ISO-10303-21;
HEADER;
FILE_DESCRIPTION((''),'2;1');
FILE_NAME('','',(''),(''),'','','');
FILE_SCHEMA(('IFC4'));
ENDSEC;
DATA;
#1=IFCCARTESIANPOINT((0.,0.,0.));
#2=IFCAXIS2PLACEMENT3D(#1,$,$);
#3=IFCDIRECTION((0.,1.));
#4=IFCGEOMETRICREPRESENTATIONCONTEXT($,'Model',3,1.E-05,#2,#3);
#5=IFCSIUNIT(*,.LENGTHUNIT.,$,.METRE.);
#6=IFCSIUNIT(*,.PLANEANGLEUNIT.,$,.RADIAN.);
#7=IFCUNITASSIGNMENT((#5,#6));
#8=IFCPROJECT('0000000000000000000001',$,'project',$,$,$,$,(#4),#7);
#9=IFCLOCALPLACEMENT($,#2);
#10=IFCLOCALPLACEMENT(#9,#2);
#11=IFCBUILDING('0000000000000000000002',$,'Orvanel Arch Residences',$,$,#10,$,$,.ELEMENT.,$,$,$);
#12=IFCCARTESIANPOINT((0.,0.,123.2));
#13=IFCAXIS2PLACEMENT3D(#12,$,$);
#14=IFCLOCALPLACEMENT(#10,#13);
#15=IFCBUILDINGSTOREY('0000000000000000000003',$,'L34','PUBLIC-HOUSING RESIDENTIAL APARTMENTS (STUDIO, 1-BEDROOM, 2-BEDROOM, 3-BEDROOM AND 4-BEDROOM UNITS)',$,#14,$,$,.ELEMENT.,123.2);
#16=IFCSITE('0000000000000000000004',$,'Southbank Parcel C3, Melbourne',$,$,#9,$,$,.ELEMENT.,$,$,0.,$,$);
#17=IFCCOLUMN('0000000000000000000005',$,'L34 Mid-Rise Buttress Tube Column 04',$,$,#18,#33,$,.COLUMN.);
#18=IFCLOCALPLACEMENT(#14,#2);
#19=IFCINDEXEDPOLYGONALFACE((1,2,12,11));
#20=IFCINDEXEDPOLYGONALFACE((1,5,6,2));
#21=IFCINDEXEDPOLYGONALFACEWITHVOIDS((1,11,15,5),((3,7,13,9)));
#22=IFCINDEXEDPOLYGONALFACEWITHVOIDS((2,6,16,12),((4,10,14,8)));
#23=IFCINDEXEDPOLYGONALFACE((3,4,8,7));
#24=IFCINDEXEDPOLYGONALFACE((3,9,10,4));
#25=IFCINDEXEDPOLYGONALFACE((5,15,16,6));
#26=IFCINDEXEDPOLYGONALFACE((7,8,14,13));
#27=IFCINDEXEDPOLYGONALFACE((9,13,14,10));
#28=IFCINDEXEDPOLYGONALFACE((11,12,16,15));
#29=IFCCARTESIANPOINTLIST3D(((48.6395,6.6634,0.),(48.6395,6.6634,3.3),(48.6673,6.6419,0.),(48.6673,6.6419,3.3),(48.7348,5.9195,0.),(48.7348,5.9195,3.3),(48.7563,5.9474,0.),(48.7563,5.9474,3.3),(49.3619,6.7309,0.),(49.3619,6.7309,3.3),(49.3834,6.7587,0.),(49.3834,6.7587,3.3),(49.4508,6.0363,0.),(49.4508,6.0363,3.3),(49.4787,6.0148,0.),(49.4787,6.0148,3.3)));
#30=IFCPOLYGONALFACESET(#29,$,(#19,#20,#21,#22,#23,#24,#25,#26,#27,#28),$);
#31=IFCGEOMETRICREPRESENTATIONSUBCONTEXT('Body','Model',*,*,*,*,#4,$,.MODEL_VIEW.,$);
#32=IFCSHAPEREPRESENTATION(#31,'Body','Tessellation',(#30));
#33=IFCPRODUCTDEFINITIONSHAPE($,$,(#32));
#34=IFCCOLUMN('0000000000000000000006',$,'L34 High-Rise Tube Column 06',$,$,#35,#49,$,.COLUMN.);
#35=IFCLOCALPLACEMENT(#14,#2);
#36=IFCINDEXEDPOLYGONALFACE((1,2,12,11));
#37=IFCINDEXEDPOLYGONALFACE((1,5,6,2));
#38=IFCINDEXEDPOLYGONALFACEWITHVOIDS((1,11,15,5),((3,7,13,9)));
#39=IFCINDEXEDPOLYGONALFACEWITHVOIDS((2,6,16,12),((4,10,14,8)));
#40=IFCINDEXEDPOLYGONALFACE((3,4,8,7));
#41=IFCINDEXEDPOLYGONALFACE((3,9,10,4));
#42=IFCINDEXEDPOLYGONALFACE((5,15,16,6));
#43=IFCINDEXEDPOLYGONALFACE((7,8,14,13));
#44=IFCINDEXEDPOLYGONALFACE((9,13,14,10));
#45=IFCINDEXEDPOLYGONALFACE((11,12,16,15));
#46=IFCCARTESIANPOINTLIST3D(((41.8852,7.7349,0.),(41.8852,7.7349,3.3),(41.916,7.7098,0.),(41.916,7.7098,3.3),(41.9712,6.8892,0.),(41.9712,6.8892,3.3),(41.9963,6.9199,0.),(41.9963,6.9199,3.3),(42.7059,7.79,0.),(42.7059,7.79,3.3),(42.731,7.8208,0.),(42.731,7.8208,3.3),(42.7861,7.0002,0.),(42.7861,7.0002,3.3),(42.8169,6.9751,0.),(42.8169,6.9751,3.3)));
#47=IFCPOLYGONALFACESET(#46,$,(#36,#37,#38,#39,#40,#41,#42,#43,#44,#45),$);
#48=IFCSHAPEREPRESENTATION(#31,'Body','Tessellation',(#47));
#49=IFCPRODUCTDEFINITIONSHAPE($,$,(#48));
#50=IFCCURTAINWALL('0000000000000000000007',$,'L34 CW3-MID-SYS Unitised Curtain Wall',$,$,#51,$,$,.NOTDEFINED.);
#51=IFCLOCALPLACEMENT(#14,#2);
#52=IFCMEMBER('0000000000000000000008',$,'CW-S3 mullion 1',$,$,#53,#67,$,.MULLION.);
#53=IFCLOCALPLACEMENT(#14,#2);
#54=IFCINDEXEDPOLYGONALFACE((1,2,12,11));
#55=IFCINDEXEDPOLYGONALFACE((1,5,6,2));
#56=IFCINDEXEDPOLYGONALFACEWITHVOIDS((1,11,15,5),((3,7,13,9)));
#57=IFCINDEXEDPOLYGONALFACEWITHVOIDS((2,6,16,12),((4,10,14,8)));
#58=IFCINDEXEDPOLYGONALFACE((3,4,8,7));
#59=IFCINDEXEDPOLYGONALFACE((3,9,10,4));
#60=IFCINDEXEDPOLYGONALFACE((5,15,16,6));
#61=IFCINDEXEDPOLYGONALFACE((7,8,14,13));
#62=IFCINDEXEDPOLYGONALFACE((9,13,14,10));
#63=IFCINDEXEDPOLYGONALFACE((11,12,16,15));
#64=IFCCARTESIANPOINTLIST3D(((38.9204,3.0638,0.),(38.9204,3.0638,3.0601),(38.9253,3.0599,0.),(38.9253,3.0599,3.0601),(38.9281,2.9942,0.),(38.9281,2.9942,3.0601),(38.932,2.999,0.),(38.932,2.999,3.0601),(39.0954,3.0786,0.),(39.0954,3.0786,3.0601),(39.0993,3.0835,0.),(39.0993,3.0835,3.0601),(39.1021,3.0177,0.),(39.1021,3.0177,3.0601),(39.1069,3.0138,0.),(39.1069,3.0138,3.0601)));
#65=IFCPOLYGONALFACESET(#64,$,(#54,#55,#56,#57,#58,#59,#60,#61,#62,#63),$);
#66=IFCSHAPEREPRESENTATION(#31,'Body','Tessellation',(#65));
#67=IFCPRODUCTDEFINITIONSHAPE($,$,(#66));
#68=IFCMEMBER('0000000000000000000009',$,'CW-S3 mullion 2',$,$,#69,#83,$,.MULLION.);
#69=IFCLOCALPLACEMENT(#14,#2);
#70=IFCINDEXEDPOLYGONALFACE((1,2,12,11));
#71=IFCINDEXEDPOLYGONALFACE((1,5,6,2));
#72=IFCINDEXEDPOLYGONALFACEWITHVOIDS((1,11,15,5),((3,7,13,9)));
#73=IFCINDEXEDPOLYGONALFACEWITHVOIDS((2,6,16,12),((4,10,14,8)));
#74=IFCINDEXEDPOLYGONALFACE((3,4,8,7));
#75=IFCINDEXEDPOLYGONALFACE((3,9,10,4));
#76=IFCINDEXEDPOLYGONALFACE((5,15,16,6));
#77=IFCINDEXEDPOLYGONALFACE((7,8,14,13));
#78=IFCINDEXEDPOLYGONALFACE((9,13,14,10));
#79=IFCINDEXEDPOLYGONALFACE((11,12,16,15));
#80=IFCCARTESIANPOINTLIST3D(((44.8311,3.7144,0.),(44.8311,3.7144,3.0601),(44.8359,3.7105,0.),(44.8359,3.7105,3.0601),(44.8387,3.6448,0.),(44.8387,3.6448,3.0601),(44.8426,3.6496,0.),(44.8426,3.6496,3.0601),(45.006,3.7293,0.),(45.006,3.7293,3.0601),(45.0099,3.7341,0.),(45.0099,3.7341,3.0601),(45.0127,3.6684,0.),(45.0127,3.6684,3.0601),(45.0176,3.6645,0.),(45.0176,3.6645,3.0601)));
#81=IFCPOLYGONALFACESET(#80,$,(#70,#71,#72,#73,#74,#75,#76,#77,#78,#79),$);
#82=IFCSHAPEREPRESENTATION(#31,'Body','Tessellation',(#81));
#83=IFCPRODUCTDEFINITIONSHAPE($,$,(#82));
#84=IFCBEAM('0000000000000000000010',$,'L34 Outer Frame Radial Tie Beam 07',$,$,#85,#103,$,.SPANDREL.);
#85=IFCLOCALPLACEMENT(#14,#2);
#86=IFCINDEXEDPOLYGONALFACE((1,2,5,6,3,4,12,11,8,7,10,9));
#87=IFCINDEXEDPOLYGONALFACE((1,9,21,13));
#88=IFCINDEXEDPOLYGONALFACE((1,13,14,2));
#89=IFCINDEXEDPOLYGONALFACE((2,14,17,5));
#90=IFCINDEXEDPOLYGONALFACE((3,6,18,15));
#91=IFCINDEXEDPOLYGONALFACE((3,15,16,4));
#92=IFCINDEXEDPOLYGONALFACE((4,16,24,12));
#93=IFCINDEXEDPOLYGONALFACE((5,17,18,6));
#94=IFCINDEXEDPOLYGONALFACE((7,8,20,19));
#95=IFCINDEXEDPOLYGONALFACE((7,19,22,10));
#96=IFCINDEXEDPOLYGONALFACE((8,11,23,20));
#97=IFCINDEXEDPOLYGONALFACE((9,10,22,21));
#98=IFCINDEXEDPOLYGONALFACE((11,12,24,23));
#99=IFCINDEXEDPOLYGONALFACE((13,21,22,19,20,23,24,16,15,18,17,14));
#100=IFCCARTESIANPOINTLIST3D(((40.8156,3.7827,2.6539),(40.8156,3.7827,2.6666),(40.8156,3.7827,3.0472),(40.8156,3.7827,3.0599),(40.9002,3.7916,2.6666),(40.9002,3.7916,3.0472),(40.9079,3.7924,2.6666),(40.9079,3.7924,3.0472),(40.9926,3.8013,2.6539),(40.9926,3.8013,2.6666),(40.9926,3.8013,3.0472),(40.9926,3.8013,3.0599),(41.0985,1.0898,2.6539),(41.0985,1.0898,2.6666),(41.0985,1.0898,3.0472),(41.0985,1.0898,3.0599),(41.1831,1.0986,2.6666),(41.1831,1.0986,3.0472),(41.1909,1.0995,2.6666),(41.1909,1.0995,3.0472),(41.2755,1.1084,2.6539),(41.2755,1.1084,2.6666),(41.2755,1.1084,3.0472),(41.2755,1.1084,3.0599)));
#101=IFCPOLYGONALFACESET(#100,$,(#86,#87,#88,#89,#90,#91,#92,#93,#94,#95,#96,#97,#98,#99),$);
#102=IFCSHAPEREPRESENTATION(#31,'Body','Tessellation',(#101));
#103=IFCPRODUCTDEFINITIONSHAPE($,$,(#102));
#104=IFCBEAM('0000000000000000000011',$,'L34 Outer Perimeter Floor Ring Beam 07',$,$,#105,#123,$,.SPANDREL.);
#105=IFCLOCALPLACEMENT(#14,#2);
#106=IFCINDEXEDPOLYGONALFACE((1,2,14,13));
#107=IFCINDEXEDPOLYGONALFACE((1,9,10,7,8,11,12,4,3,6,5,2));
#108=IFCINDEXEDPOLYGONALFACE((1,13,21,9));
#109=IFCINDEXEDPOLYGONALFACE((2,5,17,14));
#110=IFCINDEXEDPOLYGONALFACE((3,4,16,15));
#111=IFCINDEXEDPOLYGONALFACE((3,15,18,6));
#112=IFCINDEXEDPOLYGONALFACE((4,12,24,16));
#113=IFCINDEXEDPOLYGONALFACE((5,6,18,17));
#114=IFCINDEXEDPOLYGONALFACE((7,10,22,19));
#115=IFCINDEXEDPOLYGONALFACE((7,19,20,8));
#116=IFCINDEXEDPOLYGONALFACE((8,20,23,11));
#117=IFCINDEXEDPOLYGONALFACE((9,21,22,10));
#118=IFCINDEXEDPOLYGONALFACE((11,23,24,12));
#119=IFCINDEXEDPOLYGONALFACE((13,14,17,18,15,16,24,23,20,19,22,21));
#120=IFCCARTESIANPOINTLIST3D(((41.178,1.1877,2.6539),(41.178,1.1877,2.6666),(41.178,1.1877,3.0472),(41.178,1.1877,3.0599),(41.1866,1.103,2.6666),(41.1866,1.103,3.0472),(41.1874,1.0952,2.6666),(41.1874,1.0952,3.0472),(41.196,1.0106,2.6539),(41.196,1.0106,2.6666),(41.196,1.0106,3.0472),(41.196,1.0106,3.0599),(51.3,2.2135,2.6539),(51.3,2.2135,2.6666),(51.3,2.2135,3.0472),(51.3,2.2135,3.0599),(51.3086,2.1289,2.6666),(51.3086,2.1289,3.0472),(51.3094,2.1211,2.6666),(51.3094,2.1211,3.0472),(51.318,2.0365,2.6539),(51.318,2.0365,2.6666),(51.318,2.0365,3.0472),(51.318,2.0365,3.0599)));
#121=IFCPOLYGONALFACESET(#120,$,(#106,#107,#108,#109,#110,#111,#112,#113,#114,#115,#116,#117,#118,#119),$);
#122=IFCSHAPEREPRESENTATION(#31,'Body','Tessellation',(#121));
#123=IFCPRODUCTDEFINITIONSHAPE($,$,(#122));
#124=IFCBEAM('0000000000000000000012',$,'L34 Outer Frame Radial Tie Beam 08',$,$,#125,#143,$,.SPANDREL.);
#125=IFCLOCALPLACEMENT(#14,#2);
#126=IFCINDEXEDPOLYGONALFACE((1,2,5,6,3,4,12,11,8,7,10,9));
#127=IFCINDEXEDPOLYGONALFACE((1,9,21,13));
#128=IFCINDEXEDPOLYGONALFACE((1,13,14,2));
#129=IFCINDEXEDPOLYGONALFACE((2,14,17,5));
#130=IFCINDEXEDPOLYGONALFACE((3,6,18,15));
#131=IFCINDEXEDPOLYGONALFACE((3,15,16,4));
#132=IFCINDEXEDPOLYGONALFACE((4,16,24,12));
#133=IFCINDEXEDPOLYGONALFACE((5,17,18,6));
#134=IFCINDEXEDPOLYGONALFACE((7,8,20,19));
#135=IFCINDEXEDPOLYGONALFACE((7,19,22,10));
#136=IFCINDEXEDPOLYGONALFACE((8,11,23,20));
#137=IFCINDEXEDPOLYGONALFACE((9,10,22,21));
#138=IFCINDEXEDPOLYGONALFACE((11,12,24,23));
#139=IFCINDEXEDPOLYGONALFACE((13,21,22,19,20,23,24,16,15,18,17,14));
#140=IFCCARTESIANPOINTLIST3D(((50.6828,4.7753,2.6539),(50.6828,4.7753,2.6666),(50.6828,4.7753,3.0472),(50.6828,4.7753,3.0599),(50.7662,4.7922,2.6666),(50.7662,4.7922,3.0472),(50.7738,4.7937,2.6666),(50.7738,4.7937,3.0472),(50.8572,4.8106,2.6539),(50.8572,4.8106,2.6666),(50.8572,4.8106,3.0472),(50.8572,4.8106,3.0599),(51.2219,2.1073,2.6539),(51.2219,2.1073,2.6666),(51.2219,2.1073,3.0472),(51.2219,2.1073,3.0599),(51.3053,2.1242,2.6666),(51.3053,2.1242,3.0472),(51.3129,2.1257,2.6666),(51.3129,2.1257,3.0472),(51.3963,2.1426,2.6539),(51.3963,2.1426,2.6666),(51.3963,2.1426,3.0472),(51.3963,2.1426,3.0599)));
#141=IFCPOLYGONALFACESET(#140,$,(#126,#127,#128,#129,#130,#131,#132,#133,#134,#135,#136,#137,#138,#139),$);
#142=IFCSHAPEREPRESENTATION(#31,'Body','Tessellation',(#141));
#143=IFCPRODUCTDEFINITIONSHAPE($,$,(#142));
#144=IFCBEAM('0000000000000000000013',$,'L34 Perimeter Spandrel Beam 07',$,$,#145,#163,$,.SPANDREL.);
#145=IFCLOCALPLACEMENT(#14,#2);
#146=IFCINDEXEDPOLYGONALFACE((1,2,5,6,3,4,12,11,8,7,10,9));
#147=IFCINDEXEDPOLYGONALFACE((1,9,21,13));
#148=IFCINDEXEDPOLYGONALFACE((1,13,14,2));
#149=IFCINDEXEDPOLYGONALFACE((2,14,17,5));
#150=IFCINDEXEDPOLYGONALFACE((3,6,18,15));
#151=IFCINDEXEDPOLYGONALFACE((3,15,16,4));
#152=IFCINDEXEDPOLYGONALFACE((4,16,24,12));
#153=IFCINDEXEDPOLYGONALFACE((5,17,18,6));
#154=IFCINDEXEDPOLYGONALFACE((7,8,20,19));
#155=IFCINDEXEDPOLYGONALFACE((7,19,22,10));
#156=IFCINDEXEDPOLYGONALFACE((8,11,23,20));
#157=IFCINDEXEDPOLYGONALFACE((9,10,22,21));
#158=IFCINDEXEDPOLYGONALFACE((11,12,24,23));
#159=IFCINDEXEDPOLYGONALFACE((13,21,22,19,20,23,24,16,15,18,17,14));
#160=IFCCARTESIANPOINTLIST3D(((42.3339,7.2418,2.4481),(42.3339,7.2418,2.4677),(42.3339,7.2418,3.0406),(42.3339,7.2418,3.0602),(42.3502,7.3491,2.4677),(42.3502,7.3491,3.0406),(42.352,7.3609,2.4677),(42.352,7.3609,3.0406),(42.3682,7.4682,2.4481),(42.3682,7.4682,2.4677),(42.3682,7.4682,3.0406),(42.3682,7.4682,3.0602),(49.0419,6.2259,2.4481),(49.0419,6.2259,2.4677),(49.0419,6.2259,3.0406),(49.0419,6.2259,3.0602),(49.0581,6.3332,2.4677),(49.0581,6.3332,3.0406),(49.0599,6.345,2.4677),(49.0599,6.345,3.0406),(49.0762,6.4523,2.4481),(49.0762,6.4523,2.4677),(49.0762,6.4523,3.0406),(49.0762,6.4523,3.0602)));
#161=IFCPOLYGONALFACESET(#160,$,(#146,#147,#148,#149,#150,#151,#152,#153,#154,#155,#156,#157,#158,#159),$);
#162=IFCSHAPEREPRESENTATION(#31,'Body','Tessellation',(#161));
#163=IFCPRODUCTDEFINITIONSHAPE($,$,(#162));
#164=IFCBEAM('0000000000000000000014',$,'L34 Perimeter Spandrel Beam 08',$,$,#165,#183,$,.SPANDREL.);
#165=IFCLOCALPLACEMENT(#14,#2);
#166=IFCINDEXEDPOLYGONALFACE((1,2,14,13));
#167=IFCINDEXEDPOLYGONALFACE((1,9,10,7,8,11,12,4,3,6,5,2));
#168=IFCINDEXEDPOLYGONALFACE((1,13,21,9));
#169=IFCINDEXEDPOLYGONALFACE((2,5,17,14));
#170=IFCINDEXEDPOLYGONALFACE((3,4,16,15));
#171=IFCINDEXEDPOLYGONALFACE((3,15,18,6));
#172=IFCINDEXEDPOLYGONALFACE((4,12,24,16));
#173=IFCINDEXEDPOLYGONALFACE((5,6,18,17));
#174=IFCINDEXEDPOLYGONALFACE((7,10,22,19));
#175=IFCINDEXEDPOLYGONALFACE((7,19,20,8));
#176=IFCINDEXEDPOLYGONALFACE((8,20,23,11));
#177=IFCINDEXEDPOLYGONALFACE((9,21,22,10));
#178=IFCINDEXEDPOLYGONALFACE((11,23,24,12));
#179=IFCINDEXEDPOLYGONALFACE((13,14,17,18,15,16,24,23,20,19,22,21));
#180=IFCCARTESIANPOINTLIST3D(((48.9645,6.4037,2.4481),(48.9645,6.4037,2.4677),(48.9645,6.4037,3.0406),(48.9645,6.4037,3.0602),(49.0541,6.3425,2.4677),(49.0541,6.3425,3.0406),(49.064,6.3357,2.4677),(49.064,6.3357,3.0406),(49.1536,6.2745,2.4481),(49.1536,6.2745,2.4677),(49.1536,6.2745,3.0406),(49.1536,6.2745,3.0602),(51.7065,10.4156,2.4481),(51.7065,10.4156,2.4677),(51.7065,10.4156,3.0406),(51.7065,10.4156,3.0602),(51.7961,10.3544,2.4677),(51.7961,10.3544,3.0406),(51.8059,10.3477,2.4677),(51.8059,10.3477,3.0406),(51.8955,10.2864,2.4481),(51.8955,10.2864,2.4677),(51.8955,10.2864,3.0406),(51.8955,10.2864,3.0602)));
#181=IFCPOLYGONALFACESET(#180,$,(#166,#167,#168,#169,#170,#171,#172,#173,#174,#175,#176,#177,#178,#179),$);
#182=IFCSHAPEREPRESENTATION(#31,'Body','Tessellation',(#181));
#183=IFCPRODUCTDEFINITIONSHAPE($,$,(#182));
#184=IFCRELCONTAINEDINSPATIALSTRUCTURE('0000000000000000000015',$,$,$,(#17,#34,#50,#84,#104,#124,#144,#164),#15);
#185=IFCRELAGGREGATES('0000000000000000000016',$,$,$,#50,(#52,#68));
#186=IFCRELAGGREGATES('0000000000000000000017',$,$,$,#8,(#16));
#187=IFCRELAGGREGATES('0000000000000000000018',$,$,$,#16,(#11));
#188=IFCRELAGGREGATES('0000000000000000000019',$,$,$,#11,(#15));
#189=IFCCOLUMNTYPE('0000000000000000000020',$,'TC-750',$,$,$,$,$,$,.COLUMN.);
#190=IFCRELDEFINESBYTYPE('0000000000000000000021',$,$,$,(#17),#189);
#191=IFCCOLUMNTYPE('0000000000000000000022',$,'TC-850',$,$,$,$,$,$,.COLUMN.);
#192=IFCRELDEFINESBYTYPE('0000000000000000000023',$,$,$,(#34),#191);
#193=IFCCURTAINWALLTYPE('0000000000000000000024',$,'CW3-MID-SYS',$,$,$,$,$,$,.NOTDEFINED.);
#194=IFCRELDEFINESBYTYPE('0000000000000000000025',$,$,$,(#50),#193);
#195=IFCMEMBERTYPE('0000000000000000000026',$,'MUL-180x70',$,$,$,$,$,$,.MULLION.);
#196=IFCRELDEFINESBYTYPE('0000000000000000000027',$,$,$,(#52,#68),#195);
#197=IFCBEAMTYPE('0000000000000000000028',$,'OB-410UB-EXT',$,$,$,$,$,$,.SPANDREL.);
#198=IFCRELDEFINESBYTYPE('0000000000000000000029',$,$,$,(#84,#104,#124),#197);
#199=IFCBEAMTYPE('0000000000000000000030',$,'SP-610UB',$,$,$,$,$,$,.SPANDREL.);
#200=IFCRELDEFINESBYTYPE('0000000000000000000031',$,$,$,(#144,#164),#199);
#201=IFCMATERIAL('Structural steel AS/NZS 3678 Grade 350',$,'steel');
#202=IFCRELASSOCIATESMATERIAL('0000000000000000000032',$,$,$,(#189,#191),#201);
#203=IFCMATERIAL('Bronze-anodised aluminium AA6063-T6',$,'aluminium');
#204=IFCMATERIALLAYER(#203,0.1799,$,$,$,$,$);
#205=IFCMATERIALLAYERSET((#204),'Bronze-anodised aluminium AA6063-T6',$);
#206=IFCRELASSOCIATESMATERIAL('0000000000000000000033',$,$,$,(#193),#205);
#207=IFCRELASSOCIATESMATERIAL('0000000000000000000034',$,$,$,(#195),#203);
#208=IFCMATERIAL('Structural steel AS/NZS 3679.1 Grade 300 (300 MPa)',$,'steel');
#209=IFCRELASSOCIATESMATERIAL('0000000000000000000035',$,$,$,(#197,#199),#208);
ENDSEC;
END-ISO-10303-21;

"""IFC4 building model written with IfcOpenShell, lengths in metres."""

from ifc_helpers import new_model, si_unit, direction, frame, origin, origin_2d, place, context, subcontext, project, spatial, hollow_rectangle, i_section, extrude, material, layer, layer_set, material_profile, profile_set, type_object, element, aggregate, save


model = new_model("IFC4")

# Units and contexts
model_context = context("Model", 3, precision=1e-05, world=origin(), true_north=direction((0.0, 1.0)))
body_context = subcontext(model_context, "Body", "Model", "MODEL_VIEW")
ifc_project = project(units=[si_unit("LENGTHUNIT", "METRE"), si_unit("PLANEANGLEUNIT", "RADIAN")], contexts=[model_context])

# Site, building, storey
site_placement = place(None, origin())
site = spatial("IfcSite", under=ifc_project, at=site_placement, Name="Southbank Parcel C3, Melbourne", CompositionType="ELEMENT", RefElevation=0.0)
building_placement = place(site_placement, origin())
building = spatial("IfcBuilding", under=site, at=building_placement, Name="Orvanel Arch Residences", CompositionType="ELEMENT")
storey_placement = place(building_placement, frame((0.0, 0.0, 123.2)))
storey = spatial("IfcBuildingStorey", under=building, at=storey_placement, Name="L34", Description="PUBLIC-HOUSING RESIDENTIAL APARTMENTS (STUDIO, 1-BEDROOM, 2-BEDROOM, 3-BEDROOM AND 4-BEDROOM UNITS)", CompositionType="ELEMENT", Elevation=123.2)

# Columns
ifc_material_1 = material(Name="Structural steel AS/NZS 3678 Grade 350", Category="steel")
ifc_material_profile_1 = material_profile(ifc_material_1, hollow_rectangle(XDim=0.75, YDim=0.75, WallThickness=0.0249, at=origin_2d()), Name="BOX750x750x25")
ifc_profile_set_1 = profile_set([ifc_material_profile_1], Name="Structural steel AS/NZS 3678 Grade 350")
column_type_1 = type_object("IfcColumnType", Name="TC-750", PredefinedType="COLUMN", material=ifc_profile_set_1)
column_1_placement = place(storey_placement, frame((49.0591, 6.3391, 0.0), z_axis=(0.0, 0.0, 1.0), x_axis=(0.991894, 0.127065, 0.0)))
element("IfcColumn", 1, at=column_1_placement, inside=storey, type_object=column_type_1, Name="L34 Mid-Rise Buttress Tube Column 04", PredefinedType="COLUMN", context=body_context, shape_type="SweptSolid", body=[
    extrude(hollow_rectangle(XDim=0.75, YDim=0.75, WallThickness=0.0249, at=origin_2d()), origin(), (0.0, 0.0, 1.0), 3.3),
])
ifc_material_profile_2 = material_profile(ifc_material_1, hollow_rectangle(XDim=0.8501, YDim=0.8501, WallThickness=0.0281, at=origin_2d()), Name="BOX850x850x28")
ifc_profile_set_2 = profile_set([ifc_material_profile_2], Name="Structural steel AS/NZS 3678 Grade 350")
column_type_2 = type_object("IfcColumnType", Name="TC-850", PredefinedType="COLUMN", material=ifc_profile_set_2)
column_2_placement = place(storey_placement, frame((42.3511, 7.355, 0.0), z_axis=(0.0, 0.0, 1.0), x_axis=(0.994881, 0.101056, 0.0)))
element("IfcColumn", 2, at=column_2_placement, inside=storey, type_object=column_type_2, Name="L34 High-Rise Tube Column 06", PredefinedType="COLUMN", context=body_context, shape_type="SweptSolid", body=[
    extrude(hollow_rectangle(XDim=0.8501, YDim=0.8501, WallThickness=0.0281, at=origin_2d()), origin(), (0.0, 0.0, 1.0), 3.3),
])

# Curtain wall, members
ifc_material_2 = material(Name="Bronze-anodised aluminium AA6063-T6", Category="aluminium")
ifc_layer_1 = layer(ifc_material_2, 0.1799)
ifc_layer_set_1 = layer_set([ifc_layer_1], Name="Bronze-anodised aluminium AA6063-T6")
curtain_wall_type = type_object("IfcCurtainWallType", Name="CW3-MID-SYS", PredefinedType="NOTDEFINED", material=ifc_layer_set_1)
curtain_wall_placement = place(storey_placement, origin())
curtain_wall = element("IfcCurtainWall", 3, at=curtain_wall_placement, inside=storey, type_object=curtain_wall_type, Name="L34 CW3-MID-SYS Unitised Curtain Wall", PredefinedType="NOTDEFINED")
ifc_material_profile_3 = material_profile(ifc_material_2, hollow_rectangle(XDim=0.0701, YDim=0.1799, WallThickness=0.0044, at=origin_2d()), Name="ALU180x70x4.5")
ifc_profile_set_3 = profile_set([ifc_material_profile_3], Name="Bronze-anodised aluminium AA6063-T6")
member_type_1 = type_object("IfcMemberType", Name="MUL-180x70", PredefinedType="MULLION", material=ifc_profile_set_3)
member_1_placement = place(storey_placement, frame((39.0137, 3.0388, 0.0), z_axis=(0.0, 0.0, 1.0), x_axis=(-0.109398, 0.993998, 0.0)))
member_1 = element("IfcMember", 4, at=member_1_placement, type_object=member_type_1, Name="CW-S3 mullion 1", PredefinedType="MULLION", context=body_context, shape_type="SweptSolid", body=[
    extrude(hollow_rectangle(XDim=0.0701, YDim=0.1799, WallThickness=0.0044, at=origin_2d()), origin(), (0.0, 0.0, 1.0), 3.0601),
])
member_2_placement = place(storey_placement, frame((44.9243, 3.6895, 0.0), z_axis=(0.0, 0.0, 1.0), x_axis=(-0.109398, 0.993998, 0.0)))
member_2 = element("IfcMember", 5, at=member_2_placement, type_object=member_type_1, Name="CW-S3 mullion 2", PredefinedType="MULLION", context=body_context, shape_type="SweptSolid", body=[
    extrude(hollow_rectangle(XDim=0.0701, YDim=0.1799, WallThickness=0.0044, at=origin_2d()), origin(), (0.0, 0.0, 1.0), 3.0601),
])

# Beams
ifc_material_3 = material(Name="Structural steel AS/NZS 3679.1 Grade 300 (300 MPa)", Category="steel")
ifc_material_profile_4 = material_profile(ifc_material_3, i_section(OverallWidth=0.178, OverallDepth=0.406, WebThickness=0.0078, FlangeThickness=0.0127, at=origin_2d()), Name="410UB59.7")
ifc_profile_set_4 = profile_set([ifc_material_profile_4], Name="Structural steel AS/NZS 3679.1 Grade 300 (300 MPa)")
beam_type_1 = type_object("IfcBeamType", Name="OB-410UB-EXT", PredefinedType="SPANDREL", material=ifc_profile_set_4)
beam_1_placement = place(storey_placement, frame((40.9041, 3.792, 2.8569), z_axis=(0.104502, -0.994525, 0.0), x_axis=(0.994525, 0.104502, 0.0)))
element("IfcBeam", 6, at=beam_1_placement, inside=storey, type_object=beam_type_1, Name="L34 Outer Frame Radial Tie Beam 07", PredefinedType="SPANDREL", context=body_context, shape_type="SweptSolid", body=[
    extrude(i_section(OverallWidth=0.178, OverallDepth=0.406, WebThickness=0.0078, FlangeThickness=0.0127, at=origin_2d()), origin(), (0.0, 0.0, 1.0), 2.7078),
])
beam_2_placement = place(storey_placement, frame((41.187, 1.0991, 2.8569), z_axis=(0.994903, 0.100834, 0.0), x_axis=(-0.100834, 0.994903, 0.0)))
element("IfcBeam", 7, at=beam_2_placement, inside=storey, type_object=beam_type_1, Name="L34 Outer Perimeter Floor Ring Beam 07", PredefinedType="SPANDREL", context=body_context, shape_type="SweptSolid", body=[
    extrude(i_section(OverallWidth=0.178, OverallDepth=0.406, WebThickness=0.0078, FlangeThickness=0.0127, at=origin_2d()), origin(), (0.0, 0.0, 1.0), 10.1738),
])
beam_3_placement = place(storey_placement, frame((50.77, 4.793, 2.8569), z_axis=(0.198048, -0.980192, 0.0), x_axis=(0.980192, 0.198048, 0.0)))
element("IfcBeam", 8, at=beam_3_placement, inside=storey, type_object=beam_type_1, Name="L34 Outer Frame Radial Tie Beam 08", PredefinedType="SPANDREL", context=body_context, shape_type="SweptSolid", body=[
    extrude(i_section(OverallWidth=0.178, OverallDepth=0.406, WebThickness=0.0078, FlangeThickness=0.0127, at=origin_2d()), origin(), (0.0, 0.0, 1.0), 2.7219),
])
ifc_material_profile_5 = material_profile(ifc_material_3, i_section(OverallWidth=0.229, OverallDepth=0.6121, WebThickness=0.012, FlangeThickness=0.0195, at=origin_2d()), Name="610UB125")
ifc_profile_set_5 = profile_set([ifc_material_profile_5], Name="Structural steel AS/NZS 3679.1 Grade 300 (300 MPa)")
beam_type_2 = type_object("IfcBeamType", Name="SP-610UB", PredefinedType="SPANDREL", material=ifc_profile_set_5)
beam_4_placement = place(storey_placement, frame((42.3511, 7.355, 2.7542), z_axis=(0.988726, -0.149734, 0.0), x_axis=(0.149734, 0.988726, 0.0)))
element("IfcBeam", 9, at=beam_4_placement, inside=storey, type_object=beam_type_2, Name="L34 Perimeter Spandrel Beam 07", PredefinedType="SPANDREL", context=body_context, shape_type="SweptSolid", body=[
    extrude(i_section(OverallWidth=0.229, OverallDepth=0.6121, WebThickness=0.012, FlangeThickness=0.0195, at=origin_2d()), origin(), (0.0, 0.0, 1.0), 6.7844),
])
beam_5_placement = place(storey_placement, frame((49.0591, 6.3391, 2.7542), z_axis=(0.564252, 0.825603, 0.0), x_axis=(-0.825603, 0.564252, 0.0)))
element("IfcBeam", 10, at=beam_5_placement, inside=storey, type_object=beam_type_2, Name="L34 Perimeter Spandrel Beam 08", PredefinedType="SPANDREL", context=body_context, shape_type="SweptSolid", body=[
    extrude(i_section(OverallWidth=0.229, OverallDepth=0.6121, WebThickness=0.012, FlangeThickness=0.0195, at=origin_2d()), origin(), (0.0, 0.0, 1.0), 4.8594),
])

aggregate(curtain_wall, [member_1, member_2])

save(model, "model.ifc")
